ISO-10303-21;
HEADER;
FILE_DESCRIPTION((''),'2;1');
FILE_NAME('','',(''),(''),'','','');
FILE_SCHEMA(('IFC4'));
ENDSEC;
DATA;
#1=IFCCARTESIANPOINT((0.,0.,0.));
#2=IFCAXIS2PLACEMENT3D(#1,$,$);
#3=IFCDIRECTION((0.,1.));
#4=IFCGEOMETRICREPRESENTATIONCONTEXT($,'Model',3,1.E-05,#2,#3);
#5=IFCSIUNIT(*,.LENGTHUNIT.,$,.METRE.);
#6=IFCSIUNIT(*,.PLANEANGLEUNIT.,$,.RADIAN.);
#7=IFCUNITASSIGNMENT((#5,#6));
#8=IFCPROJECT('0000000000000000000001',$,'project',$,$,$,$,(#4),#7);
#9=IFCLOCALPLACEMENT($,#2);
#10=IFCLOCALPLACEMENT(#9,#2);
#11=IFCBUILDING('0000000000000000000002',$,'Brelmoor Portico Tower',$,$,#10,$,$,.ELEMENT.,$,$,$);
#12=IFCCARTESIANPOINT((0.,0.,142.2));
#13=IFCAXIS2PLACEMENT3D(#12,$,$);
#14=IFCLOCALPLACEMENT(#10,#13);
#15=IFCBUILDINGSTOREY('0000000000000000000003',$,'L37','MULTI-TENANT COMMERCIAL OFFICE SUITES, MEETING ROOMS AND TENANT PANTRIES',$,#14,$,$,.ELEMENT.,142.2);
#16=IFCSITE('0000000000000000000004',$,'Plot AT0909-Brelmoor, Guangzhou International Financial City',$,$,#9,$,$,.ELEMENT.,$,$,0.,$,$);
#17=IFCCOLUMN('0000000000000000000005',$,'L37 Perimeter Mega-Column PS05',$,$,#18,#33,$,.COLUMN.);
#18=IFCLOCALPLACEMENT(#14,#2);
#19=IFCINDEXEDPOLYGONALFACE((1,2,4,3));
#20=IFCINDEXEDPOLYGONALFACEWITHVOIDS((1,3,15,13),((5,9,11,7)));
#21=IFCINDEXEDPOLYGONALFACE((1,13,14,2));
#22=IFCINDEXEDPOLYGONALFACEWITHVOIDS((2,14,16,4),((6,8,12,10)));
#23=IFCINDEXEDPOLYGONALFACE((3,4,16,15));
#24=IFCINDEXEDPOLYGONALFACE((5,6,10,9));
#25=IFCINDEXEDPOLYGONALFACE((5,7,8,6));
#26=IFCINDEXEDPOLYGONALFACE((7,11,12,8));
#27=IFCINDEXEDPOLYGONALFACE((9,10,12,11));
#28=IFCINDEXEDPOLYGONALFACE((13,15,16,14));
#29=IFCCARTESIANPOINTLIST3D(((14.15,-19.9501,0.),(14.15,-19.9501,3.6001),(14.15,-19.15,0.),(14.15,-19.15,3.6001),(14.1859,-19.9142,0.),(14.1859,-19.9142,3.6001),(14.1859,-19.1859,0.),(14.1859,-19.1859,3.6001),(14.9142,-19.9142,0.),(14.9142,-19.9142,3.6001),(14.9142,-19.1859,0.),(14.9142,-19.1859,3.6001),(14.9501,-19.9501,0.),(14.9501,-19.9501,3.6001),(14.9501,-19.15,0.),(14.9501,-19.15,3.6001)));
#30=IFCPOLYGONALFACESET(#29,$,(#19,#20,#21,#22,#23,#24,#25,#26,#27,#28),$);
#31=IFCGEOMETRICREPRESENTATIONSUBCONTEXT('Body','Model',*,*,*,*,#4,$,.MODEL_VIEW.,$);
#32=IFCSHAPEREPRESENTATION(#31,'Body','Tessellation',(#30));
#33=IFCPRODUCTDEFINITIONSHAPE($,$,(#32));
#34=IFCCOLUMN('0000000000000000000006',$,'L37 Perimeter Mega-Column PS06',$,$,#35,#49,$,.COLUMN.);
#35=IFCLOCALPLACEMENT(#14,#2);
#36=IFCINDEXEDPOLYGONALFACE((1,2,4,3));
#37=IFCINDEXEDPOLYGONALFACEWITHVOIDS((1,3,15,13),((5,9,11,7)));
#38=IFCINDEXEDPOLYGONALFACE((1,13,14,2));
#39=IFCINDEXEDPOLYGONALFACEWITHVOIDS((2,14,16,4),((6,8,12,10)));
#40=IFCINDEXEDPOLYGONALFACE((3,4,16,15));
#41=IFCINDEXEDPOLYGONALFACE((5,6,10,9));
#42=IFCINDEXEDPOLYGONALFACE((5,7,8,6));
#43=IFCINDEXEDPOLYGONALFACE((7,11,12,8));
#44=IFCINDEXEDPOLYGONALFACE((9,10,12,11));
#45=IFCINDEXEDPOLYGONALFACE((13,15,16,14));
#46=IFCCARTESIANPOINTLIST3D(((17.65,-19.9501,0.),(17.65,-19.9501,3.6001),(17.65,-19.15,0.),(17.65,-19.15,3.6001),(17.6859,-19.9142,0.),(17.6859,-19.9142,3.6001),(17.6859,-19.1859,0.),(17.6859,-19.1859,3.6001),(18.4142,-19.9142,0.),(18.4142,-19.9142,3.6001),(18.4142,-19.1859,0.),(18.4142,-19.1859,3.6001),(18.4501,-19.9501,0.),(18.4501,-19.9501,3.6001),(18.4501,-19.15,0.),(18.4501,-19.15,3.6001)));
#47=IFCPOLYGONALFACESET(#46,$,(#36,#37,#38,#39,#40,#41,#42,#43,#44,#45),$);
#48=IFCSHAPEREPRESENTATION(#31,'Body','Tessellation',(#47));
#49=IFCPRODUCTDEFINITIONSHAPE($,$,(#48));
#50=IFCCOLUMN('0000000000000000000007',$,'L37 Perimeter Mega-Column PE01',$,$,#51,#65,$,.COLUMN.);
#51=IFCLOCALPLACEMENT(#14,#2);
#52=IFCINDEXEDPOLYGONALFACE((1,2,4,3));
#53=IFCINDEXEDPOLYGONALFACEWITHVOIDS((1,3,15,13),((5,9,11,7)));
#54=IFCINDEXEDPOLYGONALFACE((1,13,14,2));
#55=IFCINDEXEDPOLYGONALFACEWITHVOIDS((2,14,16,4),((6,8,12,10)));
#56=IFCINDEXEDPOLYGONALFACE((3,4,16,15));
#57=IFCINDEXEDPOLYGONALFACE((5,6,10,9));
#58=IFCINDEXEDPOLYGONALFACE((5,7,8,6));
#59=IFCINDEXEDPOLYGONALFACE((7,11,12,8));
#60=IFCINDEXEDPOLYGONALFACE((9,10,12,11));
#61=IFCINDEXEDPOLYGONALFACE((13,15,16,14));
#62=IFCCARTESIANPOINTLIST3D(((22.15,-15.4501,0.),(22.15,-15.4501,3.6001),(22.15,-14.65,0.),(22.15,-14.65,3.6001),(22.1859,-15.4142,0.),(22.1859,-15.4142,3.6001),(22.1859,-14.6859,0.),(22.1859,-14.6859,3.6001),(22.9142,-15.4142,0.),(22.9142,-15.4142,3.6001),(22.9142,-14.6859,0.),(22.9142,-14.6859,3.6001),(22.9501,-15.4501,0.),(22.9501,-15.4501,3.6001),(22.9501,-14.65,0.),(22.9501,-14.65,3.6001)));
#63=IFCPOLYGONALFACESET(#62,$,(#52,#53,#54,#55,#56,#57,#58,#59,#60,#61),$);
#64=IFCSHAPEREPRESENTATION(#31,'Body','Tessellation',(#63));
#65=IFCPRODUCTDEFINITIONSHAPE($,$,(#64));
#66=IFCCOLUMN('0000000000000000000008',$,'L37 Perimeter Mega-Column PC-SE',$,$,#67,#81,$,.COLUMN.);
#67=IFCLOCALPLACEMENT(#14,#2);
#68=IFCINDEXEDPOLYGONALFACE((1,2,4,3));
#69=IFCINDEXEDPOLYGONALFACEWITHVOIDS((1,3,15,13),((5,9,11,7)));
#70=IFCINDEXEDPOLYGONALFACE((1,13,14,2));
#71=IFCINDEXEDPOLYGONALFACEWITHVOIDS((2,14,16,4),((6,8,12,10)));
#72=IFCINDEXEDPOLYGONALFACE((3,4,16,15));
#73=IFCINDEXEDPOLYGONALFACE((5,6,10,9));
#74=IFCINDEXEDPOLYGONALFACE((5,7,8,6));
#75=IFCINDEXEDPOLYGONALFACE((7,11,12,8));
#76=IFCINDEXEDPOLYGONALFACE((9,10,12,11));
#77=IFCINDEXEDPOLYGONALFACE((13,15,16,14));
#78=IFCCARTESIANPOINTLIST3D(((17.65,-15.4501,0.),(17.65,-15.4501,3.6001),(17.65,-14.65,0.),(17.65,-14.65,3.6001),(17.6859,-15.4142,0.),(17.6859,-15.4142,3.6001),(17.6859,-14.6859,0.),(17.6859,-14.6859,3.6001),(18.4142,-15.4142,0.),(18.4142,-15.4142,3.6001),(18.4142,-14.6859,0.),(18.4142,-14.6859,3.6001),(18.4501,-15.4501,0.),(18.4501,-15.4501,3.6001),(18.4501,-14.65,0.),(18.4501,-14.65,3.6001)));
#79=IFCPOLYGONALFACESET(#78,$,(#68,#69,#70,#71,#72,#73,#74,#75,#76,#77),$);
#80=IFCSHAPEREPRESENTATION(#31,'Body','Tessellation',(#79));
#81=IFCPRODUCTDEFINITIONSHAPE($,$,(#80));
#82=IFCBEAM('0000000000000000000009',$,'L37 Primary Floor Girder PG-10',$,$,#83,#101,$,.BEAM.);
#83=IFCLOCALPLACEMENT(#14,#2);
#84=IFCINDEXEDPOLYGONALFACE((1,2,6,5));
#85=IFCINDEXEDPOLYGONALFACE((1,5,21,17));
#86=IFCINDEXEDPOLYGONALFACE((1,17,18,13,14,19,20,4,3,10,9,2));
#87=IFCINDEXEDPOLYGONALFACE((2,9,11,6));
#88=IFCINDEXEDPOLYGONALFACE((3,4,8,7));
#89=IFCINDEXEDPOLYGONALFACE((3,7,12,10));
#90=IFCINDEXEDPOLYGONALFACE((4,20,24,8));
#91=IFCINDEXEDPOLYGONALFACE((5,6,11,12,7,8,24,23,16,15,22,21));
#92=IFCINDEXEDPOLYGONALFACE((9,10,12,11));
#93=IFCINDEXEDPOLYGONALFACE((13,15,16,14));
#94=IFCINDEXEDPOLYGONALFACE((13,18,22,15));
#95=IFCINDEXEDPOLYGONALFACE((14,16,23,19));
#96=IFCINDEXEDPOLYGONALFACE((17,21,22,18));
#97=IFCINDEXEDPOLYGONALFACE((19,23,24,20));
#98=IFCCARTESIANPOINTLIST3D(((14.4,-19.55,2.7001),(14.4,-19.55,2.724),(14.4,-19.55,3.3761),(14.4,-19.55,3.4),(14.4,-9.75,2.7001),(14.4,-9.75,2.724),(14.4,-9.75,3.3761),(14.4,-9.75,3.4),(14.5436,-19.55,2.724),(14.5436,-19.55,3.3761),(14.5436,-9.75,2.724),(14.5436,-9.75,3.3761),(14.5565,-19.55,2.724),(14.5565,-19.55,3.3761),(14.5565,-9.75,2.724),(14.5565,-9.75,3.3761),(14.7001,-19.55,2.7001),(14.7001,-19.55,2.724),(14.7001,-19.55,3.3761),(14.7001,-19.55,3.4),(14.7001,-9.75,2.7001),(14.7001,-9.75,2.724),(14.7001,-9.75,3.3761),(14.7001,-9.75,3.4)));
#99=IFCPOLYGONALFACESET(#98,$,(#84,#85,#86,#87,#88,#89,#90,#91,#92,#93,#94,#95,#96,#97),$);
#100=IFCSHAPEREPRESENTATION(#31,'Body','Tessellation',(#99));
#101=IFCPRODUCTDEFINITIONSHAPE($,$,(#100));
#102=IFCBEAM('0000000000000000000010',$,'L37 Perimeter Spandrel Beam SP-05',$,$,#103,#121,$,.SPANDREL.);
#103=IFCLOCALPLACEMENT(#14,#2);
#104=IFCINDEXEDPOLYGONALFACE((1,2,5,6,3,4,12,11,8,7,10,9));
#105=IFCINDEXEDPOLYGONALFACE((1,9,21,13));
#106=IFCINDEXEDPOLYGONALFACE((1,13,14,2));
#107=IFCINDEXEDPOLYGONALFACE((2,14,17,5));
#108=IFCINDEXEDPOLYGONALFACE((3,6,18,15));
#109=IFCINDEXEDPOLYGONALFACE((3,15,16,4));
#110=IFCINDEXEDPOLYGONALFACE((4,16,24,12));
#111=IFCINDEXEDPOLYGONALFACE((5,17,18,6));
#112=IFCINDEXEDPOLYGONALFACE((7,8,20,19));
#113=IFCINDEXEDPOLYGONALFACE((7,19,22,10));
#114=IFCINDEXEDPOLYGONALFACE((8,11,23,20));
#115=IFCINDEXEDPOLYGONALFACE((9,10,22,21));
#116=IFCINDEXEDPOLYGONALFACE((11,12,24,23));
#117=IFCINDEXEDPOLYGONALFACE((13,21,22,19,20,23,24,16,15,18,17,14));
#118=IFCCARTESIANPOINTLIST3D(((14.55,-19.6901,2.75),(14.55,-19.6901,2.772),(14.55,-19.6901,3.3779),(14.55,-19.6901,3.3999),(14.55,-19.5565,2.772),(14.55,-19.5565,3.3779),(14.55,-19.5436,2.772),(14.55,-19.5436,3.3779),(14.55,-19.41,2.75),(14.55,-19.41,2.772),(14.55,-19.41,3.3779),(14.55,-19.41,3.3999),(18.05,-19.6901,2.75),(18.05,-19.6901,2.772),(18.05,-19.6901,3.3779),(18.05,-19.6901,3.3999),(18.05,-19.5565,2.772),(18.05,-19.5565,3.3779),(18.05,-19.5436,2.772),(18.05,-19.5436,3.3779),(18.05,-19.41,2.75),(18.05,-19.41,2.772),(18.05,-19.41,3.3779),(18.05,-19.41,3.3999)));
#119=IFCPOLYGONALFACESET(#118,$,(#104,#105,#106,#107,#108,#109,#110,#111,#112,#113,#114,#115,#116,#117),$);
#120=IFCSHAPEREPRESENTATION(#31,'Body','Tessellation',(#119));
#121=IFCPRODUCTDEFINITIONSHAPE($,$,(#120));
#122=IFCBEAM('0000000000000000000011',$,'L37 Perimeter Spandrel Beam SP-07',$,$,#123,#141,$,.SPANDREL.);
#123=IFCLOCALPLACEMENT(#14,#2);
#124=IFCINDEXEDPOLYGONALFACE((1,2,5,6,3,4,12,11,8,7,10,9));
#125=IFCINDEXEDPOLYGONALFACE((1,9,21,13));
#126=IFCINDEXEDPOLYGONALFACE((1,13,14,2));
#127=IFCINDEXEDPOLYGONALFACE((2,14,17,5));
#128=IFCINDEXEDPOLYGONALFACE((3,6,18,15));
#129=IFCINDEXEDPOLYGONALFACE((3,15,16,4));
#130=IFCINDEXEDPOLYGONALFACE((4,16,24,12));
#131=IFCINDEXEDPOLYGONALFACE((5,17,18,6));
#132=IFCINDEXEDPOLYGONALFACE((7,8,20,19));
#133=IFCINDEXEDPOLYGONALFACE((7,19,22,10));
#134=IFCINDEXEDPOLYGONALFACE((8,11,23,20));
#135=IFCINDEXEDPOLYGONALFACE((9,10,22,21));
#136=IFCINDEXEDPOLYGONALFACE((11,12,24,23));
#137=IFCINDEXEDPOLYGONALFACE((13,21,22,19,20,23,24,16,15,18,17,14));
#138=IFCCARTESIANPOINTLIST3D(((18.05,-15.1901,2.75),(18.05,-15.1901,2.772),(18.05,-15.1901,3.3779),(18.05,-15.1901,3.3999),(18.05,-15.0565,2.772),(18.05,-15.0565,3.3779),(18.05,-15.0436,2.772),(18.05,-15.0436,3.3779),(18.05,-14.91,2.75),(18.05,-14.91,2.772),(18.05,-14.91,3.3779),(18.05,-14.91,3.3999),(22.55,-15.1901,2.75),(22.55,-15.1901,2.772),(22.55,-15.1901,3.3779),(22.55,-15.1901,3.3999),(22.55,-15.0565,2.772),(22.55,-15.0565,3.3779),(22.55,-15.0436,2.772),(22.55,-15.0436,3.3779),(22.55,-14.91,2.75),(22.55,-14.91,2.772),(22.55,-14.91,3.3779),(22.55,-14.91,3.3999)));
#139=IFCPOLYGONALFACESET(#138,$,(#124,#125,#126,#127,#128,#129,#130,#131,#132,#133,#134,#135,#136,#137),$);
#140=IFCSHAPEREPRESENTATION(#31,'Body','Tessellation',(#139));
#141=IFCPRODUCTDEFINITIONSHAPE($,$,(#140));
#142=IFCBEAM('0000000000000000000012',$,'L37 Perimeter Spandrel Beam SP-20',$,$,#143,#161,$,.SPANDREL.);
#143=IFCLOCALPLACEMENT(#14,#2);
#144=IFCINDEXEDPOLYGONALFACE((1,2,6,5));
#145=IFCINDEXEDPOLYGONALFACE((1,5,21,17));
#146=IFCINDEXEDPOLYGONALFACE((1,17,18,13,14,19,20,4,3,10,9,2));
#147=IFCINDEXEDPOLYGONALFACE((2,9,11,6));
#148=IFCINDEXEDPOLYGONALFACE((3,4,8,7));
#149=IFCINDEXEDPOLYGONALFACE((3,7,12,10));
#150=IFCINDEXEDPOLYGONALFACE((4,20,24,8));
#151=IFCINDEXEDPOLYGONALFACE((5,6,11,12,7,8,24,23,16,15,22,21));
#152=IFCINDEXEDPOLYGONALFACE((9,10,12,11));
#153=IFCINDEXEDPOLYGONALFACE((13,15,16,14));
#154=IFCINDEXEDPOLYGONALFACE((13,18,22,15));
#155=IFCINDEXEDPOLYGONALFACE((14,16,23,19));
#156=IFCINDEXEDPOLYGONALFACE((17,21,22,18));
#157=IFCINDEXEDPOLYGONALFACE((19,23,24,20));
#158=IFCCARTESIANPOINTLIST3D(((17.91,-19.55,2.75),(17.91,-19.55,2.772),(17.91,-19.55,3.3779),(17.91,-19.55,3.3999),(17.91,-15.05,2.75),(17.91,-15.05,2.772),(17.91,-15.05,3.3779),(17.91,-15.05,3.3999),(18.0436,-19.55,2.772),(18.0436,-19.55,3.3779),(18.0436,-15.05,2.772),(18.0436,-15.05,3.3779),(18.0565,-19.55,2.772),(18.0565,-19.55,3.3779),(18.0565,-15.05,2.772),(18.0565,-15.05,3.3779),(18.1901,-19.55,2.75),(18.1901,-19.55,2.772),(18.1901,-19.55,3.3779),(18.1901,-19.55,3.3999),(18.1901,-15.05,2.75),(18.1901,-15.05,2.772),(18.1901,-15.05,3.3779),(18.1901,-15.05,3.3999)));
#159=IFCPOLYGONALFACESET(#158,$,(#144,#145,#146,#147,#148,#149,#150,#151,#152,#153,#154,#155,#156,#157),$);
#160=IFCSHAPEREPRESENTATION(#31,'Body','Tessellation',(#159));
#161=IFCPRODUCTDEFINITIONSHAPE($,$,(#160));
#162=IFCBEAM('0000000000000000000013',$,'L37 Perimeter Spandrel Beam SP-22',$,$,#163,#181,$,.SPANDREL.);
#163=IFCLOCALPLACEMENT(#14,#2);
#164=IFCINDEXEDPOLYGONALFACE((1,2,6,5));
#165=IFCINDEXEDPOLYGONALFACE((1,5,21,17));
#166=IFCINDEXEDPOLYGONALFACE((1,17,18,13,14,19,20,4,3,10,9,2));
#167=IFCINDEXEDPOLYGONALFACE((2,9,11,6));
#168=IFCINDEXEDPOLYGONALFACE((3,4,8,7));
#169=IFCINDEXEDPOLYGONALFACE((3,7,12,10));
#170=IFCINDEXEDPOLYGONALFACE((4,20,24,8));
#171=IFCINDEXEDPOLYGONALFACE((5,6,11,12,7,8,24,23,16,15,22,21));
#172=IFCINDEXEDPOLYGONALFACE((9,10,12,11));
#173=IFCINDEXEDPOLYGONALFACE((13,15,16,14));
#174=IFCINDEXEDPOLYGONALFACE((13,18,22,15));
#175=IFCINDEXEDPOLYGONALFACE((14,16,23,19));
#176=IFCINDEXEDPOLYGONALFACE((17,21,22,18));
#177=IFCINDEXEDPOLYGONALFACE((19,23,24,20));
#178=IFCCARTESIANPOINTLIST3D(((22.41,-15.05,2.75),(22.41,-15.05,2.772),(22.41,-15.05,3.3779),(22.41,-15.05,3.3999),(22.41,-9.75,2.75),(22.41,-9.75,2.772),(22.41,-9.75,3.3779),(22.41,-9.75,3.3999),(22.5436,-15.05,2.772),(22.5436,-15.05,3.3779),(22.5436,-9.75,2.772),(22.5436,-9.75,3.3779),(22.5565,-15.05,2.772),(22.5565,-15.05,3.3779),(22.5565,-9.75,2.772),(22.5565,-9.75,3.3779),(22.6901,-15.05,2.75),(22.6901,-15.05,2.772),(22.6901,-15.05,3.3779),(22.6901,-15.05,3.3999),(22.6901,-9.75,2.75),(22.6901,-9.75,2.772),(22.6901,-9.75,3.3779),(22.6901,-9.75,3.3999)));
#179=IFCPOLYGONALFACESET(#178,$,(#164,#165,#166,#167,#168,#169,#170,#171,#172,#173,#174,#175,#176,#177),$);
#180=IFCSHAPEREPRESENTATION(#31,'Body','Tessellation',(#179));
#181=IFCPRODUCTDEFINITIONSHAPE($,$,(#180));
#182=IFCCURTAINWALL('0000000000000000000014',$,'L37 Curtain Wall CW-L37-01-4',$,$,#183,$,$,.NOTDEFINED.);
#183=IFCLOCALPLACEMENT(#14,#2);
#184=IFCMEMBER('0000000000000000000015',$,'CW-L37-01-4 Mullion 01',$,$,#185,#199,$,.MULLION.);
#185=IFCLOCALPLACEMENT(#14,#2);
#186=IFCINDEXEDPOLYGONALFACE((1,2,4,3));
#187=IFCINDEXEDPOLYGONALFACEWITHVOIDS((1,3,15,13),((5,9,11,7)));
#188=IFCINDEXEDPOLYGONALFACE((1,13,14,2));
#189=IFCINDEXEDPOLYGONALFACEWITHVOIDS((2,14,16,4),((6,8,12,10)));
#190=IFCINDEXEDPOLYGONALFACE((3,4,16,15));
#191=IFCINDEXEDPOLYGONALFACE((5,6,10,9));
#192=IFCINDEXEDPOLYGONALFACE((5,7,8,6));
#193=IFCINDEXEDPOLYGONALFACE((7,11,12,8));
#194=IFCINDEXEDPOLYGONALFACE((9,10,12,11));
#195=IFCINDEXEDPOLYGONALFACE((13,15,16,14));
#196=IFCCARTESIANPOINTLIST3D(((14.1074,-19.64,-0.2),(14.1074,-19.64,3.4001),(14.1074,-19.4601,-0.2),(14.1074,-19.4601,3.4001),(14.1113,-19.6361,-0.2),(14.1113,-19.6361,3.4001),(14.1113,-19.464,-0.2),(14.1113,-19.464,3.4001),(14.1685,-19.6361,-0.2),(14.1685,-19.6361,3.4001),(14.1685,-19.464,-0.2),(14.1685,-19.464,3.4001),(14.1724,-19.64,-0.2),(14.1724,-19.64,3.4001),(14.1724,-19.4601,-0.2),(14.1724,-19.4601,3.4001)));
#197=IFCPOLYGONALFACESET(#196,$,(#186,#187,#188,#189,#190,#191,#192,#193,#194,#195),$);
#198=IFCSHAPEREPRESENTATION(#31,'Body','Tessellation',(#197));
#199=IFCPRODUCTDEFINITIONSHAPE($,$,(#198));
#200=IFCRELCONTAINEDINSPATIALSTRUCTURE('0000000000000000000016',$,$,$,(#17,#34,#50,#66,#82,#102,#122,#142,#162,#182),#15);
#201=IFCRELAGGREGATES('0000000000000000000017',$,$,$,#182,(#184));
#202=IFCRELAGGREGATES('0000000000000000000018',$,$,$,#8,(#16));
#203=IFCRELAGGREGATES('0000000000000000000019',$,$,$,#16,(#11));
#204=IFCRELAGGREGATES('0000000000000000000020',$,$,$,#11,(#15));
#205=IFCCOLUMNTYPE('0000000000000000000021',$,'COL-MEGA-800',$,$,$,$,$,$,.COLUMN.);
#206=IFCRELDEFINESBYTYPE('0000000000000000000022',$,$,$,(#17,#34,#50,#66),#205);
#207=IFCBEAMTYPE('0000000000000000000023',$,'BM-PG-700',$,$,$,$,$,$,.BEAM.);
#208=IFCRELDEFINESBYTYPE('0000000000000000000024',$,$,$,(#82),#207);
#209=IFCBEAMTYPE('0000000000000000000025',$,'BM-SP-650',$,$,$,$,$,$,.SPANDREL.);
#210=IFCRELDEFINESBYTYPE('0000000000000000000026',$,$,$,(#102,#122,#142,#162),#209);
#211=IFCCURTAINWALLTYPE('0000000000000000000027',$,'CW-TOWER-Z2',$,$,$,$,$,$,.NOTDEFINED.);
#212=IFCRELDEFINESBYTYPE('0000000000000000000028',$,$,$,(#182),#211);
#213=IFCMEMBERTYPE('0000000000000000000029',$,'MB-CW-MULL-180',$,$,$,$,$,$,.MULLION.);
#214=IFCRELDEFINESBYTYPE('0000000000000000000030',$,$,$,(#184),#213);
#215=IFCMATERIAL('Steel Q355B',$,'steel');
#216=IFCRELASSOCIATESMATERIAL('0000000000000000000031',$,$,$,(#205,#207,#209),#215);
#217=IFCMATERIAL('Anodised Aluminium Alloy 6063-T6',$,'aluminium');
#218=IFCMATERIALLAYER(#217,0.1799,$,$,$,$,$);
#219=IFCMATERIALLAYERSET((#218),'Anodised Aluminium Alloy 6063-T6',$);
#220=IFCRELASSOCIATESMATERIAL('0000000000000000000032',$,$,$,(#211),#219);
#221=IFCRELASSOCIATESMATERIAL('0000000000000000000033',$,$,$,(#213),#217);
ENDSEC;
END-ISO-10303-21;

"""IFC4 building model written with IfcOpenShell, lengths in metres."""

from ifc_helpers import new_model, si_unit, direction, frame, origin, origin_2d, place, context, subcontext, project, spatial, hollow_rectangle, i_section, extrude, material, layer, layer_set, material_profile, profile_set, type_object, element, aggregate, save


model = new_model("IFC4")

# Units and contexts
model_context = context("Model", 3, precision=1e-05, world=origin(), true_north=direction((0.0, 1.0)))
body_context = subcontext(model_context, "Body", "Model", "MODEL_VIEW")
ifc_project = project(units=[si_unit("LENGTHUNIT", "METRE"), si_unit("PLANEANGLEUNIT", "RADIAN")], contexts=[model_context])

# Site, building, storey
site_placement = place(None, origin())
site = spatial("IfcSite", under=ifc_project, at=site_placement, Name="Plot AT0909-Brelmoor, Guangzhou International Financial City", CompositionType="ELEMENT", RefElevation=0.0)
building_placement = place(site_placement, origin())
building = spatial("IfcBuilding", under=site, at=building_placement, Name="Brelmoor Portico Tower", CompositionType="ELEMENT")
storey_placement = place(building_placement, frame((0.0, 0.0, 142.2)))
storey = spatial("IfcBuildingStorey", under=building, at=storey_placement, Name="L37", Description="MULTI-TENANT COMMERCIAL OFFICE SUITES, MEETING ROOMS AND TENANT PANTRIES", CompositionType="ELEMENT", Elevation=142.2)

# Columns
ifc_material_1 = material(Name="Steel Q355B", Category="steel")
ifc_material_profile_1 = material_profile(ifc_material_1, hollow_rectangle(XDim=0.8, YDim=0.8, WallThickness=0.0359, at=origin_2d()), Name="BOX 800x800x36")
ifc_profile_set_1 = profile_set([ifc_material_profile_1], Name="Steel Q355B")
column_type = type_object("IfcColumnType", Name="COL-MEGA-800", PredefinedType="COLUMN", material=ifc_profile_set_1)
for number, where, z_axis, x_axis, name in (
    (1, (14.55, -19.55, 0.0), (0.0, 0.0, 1.0), (1.0, 0.0, 0.0), "L37 Perimeter Mega-Column PS05"),
    (2, (18.05, -19.55, 0.0), (0.0, 0.0, 1.0), (1.0, 0.0, 0.0), "L37 Perimeter Mega-Column PS06"),
    (3, (22.55, -15.05, 0.0), (0.0, 0.0, 1.0), (0.0, 1.0, 0.0), "L37 Perimeter Mega-Column PE01"),
    (4, (18.05, -15.05, 0.0), (0.0, 0.0, 1.0), (1.0, 0.0, 0.0), "L37 Perimeter Mega-Column PC-SE"),
):
    element("IfcColumn", number, at=place(storey_placement, frame(where, z_axis=z_axis, x_axis=x_axis)), inside=storey, type_object=column_type, Name=name, PredefinedType="COLUMN", context=body_context, shape_type="SweptSolid", body=[
        extrude(hollow_rectangle(XDim=0.8, YDim=0.8, WallThickness=0.0359, at=origin_2d()), origin(), (0.0, 0.0, 1.0), 3.6001),
    ])

# Beams
ifc_material_profile_2 = material_profile(ifc_material_1, i_section(OverallWidth=0.3, OverallDepth=0.7, WebThickness=0.0129, FlangeThickness=0.0239, at=origin_2d()), Name="HN 700x300x13x24")
ifc_profile_set_2 = profile_set([ifc_material_profile_2], Name="Steel Q355B")
beam_type_1 = type_object("IfcBeamType", Name="BM-PG-700", PredefinedType="BEAM", material=ifc_profile_set_2)
beam_1_placement = place(storey_placement, frame((14.55, -19.55, 3.05), z_axis=(0.0, 1.0, 0.0), x_axis=(-1.0, 0.0, 0.0)))
element("IfcBeam", 5, at=beam_1_placement, inside=storey, type_object=beam_type_1, Name="L37 Primary Floor Girder PG-10", PredefinedType="BEAM", context=body_context, shape_type="SweptSolid", body=[
    extrude(i_section(OverallWidth=0.3, OverallDepth=0.7, WebThickness=0.0129, FlangeThickness=0.0239, at=origin_2d()), origin(), (0.0, 0.0, 1.0), 9.8),
])
ifc_material_profile_3 = material_profile(ifc_material_1, i_section(OverallWidth=0.28, OverallDepth=0.6499, WebThickness=0.0129, FlangeThickness=0.022, at=origin_2d()), Name="HN 650x280x13x22")
ifc_profile_set_3 = profile_set([ifc_material_profile_3], Name="Steel Q355B")
beam_type_2 = type_object("IfcBeamType", Name="BM-SP-650", PredefinedType="SPANDREL", material=ifc_profile_set_3)
beam_2_placement = place(storey_placement, frame((14.55, -19.55, 3.075), z_axis=(1.0, 0.0, 0.0), x_axis=(0.0, 1.0, 0.0)))
element("IfcBeam", 6, at=beam_2_placement, inside=storey, type_object=beam_type_2, Name="L37 Perimeter Spandrel Beam SP-05", PredefinedType="SPANDREL", context=body_context, shape_type="SweptSolid", body=[
    extrude(i_section(OverallWidth=0.28, OverallDepth=0.6499, WebThickness=0.0129, FlangeThickness=0.022, at=origin_2d()), origin(), (0.0, 0.0, 1.0), 3.5),
])
for number, where, z_axis, x_axis, name in (
    (7, (18.05, -15.05, 3.075), (1.0, 0.0, 0.0), (0.0, 1.0, 0.0), "L37 Perimeter Spandrel Beam SP-07"),
    (8, (18.05, -19.55, 3.075), (0.0, 1.0, 0.0), (-1.0, 0.0, 0.0), "L37 Perimeter Spandrel Beam SP-20"),
):
    element("IfcBeam", number, at=place(storey_placement, frame(where, z_axis=z_axis, x_axis=x_axis)), inside=storey, type_object=beam_type_2, Name=name, PredefinedType="SPANDREL", context=body_context, shape_type="SweptSolid", body=[
        extrude(i_section(OverallWidth=0.28, OverallDepth=0.6499, WebThickness=0.0129, FlangeThickness=0.022, at=origin_2d()), origin(), (0.0, 0.0, 1.0), 4.5),
    ])
beam_3_placement = place(storey_placement, frame((22.55, -15.05, 3.075), z_axis=(0.0, 1.0, 0.0), x_axis=(-1.0, 0.0, 0.0)))
element("IfcBeam", 9, at=beam_3_placement, inside=storey, type_object=beam_type_2, Name="L37 Perimeter Spandrel Beam SP-22", PredefinedType="SPANDREL", context=body_context, shape_type="SweptSolid", body=[
    extrude(i_section(OverallWidth=0.28, OverallDepth=0.6499, WebThickness=0.0129, FlangeThickness=0.022, at=origin_2d()), origin(), (0.0, 0.0, 1.0), 5.3),
])

# Curtain wall, member
ifc_material_2 = material(Name="Anodised Aluminium Alloy 6063-T6", Category="aluminium")
ifc_layer_1 = layer(ifc_material_2, 0.1799)
ifc_layer_set_1 = layer_set([ifc_layer_1], Name="Anodised Aluminium Alloy 6063-T6")
curtain_wall_type = type_object("IfcCurtainWallType", Name="CW-TOWER-Z2", PredefinedType="NOTDEFINED", material=ifc_layer_set_1)
curtain_wall_1_placement = place(storey_placement, origin())
curtain_wall_1 = element("IfcCurtainWall", 10, at=curtain_wall_1_placement, inside=storey, type_object=curtain_wall_type, Name="L37 Curtain Wall CW-L37-01-4", PredefinedType="NOTDEFINED")
ifc_material_profile_4 = material_profile(ifc_material_2, hollow_rectangle(XDim=0.0649, YDim=0.1799, WallThickness=0.0039, at=origin_2d()), Name="ALU MULLION 65x180")
ifc_profile_set_4 = profile_set([ifc_material_profile_4], Name="Anodised Aluminium Alloy 6063-T6")
member_type_1 = type_object("IfcMemberType", Name="MB-CW-MULL-180", PredefinedType="MULLION", material=ifc_profile_set_4)
member_1_placement = place(storey_placement, frame((14.1399, -19.55, -0.2), z_axis=(0.0, 0.0, 1.0), x_axis=(1.0, 0.0, 0.0)))
member_1 = element("IfcMember", 11, at=member_1_placement, type_object=member_type_1, Name="CW-L37-01-4 Mullion 01", PredefinedType="MULLION", context=body_context, shape_type="SweptSolid", body=[
    extrude(hollow_rectangle(XDim=0.0649, YDim=0.1799, WallThickness=0.0039, at=origin_2d()), origin(), (0.0, 0.0, 1.0), 3.6001),
])
aggregate(curtain_wall_1, [member_1])

save(model, "model.ifc")
